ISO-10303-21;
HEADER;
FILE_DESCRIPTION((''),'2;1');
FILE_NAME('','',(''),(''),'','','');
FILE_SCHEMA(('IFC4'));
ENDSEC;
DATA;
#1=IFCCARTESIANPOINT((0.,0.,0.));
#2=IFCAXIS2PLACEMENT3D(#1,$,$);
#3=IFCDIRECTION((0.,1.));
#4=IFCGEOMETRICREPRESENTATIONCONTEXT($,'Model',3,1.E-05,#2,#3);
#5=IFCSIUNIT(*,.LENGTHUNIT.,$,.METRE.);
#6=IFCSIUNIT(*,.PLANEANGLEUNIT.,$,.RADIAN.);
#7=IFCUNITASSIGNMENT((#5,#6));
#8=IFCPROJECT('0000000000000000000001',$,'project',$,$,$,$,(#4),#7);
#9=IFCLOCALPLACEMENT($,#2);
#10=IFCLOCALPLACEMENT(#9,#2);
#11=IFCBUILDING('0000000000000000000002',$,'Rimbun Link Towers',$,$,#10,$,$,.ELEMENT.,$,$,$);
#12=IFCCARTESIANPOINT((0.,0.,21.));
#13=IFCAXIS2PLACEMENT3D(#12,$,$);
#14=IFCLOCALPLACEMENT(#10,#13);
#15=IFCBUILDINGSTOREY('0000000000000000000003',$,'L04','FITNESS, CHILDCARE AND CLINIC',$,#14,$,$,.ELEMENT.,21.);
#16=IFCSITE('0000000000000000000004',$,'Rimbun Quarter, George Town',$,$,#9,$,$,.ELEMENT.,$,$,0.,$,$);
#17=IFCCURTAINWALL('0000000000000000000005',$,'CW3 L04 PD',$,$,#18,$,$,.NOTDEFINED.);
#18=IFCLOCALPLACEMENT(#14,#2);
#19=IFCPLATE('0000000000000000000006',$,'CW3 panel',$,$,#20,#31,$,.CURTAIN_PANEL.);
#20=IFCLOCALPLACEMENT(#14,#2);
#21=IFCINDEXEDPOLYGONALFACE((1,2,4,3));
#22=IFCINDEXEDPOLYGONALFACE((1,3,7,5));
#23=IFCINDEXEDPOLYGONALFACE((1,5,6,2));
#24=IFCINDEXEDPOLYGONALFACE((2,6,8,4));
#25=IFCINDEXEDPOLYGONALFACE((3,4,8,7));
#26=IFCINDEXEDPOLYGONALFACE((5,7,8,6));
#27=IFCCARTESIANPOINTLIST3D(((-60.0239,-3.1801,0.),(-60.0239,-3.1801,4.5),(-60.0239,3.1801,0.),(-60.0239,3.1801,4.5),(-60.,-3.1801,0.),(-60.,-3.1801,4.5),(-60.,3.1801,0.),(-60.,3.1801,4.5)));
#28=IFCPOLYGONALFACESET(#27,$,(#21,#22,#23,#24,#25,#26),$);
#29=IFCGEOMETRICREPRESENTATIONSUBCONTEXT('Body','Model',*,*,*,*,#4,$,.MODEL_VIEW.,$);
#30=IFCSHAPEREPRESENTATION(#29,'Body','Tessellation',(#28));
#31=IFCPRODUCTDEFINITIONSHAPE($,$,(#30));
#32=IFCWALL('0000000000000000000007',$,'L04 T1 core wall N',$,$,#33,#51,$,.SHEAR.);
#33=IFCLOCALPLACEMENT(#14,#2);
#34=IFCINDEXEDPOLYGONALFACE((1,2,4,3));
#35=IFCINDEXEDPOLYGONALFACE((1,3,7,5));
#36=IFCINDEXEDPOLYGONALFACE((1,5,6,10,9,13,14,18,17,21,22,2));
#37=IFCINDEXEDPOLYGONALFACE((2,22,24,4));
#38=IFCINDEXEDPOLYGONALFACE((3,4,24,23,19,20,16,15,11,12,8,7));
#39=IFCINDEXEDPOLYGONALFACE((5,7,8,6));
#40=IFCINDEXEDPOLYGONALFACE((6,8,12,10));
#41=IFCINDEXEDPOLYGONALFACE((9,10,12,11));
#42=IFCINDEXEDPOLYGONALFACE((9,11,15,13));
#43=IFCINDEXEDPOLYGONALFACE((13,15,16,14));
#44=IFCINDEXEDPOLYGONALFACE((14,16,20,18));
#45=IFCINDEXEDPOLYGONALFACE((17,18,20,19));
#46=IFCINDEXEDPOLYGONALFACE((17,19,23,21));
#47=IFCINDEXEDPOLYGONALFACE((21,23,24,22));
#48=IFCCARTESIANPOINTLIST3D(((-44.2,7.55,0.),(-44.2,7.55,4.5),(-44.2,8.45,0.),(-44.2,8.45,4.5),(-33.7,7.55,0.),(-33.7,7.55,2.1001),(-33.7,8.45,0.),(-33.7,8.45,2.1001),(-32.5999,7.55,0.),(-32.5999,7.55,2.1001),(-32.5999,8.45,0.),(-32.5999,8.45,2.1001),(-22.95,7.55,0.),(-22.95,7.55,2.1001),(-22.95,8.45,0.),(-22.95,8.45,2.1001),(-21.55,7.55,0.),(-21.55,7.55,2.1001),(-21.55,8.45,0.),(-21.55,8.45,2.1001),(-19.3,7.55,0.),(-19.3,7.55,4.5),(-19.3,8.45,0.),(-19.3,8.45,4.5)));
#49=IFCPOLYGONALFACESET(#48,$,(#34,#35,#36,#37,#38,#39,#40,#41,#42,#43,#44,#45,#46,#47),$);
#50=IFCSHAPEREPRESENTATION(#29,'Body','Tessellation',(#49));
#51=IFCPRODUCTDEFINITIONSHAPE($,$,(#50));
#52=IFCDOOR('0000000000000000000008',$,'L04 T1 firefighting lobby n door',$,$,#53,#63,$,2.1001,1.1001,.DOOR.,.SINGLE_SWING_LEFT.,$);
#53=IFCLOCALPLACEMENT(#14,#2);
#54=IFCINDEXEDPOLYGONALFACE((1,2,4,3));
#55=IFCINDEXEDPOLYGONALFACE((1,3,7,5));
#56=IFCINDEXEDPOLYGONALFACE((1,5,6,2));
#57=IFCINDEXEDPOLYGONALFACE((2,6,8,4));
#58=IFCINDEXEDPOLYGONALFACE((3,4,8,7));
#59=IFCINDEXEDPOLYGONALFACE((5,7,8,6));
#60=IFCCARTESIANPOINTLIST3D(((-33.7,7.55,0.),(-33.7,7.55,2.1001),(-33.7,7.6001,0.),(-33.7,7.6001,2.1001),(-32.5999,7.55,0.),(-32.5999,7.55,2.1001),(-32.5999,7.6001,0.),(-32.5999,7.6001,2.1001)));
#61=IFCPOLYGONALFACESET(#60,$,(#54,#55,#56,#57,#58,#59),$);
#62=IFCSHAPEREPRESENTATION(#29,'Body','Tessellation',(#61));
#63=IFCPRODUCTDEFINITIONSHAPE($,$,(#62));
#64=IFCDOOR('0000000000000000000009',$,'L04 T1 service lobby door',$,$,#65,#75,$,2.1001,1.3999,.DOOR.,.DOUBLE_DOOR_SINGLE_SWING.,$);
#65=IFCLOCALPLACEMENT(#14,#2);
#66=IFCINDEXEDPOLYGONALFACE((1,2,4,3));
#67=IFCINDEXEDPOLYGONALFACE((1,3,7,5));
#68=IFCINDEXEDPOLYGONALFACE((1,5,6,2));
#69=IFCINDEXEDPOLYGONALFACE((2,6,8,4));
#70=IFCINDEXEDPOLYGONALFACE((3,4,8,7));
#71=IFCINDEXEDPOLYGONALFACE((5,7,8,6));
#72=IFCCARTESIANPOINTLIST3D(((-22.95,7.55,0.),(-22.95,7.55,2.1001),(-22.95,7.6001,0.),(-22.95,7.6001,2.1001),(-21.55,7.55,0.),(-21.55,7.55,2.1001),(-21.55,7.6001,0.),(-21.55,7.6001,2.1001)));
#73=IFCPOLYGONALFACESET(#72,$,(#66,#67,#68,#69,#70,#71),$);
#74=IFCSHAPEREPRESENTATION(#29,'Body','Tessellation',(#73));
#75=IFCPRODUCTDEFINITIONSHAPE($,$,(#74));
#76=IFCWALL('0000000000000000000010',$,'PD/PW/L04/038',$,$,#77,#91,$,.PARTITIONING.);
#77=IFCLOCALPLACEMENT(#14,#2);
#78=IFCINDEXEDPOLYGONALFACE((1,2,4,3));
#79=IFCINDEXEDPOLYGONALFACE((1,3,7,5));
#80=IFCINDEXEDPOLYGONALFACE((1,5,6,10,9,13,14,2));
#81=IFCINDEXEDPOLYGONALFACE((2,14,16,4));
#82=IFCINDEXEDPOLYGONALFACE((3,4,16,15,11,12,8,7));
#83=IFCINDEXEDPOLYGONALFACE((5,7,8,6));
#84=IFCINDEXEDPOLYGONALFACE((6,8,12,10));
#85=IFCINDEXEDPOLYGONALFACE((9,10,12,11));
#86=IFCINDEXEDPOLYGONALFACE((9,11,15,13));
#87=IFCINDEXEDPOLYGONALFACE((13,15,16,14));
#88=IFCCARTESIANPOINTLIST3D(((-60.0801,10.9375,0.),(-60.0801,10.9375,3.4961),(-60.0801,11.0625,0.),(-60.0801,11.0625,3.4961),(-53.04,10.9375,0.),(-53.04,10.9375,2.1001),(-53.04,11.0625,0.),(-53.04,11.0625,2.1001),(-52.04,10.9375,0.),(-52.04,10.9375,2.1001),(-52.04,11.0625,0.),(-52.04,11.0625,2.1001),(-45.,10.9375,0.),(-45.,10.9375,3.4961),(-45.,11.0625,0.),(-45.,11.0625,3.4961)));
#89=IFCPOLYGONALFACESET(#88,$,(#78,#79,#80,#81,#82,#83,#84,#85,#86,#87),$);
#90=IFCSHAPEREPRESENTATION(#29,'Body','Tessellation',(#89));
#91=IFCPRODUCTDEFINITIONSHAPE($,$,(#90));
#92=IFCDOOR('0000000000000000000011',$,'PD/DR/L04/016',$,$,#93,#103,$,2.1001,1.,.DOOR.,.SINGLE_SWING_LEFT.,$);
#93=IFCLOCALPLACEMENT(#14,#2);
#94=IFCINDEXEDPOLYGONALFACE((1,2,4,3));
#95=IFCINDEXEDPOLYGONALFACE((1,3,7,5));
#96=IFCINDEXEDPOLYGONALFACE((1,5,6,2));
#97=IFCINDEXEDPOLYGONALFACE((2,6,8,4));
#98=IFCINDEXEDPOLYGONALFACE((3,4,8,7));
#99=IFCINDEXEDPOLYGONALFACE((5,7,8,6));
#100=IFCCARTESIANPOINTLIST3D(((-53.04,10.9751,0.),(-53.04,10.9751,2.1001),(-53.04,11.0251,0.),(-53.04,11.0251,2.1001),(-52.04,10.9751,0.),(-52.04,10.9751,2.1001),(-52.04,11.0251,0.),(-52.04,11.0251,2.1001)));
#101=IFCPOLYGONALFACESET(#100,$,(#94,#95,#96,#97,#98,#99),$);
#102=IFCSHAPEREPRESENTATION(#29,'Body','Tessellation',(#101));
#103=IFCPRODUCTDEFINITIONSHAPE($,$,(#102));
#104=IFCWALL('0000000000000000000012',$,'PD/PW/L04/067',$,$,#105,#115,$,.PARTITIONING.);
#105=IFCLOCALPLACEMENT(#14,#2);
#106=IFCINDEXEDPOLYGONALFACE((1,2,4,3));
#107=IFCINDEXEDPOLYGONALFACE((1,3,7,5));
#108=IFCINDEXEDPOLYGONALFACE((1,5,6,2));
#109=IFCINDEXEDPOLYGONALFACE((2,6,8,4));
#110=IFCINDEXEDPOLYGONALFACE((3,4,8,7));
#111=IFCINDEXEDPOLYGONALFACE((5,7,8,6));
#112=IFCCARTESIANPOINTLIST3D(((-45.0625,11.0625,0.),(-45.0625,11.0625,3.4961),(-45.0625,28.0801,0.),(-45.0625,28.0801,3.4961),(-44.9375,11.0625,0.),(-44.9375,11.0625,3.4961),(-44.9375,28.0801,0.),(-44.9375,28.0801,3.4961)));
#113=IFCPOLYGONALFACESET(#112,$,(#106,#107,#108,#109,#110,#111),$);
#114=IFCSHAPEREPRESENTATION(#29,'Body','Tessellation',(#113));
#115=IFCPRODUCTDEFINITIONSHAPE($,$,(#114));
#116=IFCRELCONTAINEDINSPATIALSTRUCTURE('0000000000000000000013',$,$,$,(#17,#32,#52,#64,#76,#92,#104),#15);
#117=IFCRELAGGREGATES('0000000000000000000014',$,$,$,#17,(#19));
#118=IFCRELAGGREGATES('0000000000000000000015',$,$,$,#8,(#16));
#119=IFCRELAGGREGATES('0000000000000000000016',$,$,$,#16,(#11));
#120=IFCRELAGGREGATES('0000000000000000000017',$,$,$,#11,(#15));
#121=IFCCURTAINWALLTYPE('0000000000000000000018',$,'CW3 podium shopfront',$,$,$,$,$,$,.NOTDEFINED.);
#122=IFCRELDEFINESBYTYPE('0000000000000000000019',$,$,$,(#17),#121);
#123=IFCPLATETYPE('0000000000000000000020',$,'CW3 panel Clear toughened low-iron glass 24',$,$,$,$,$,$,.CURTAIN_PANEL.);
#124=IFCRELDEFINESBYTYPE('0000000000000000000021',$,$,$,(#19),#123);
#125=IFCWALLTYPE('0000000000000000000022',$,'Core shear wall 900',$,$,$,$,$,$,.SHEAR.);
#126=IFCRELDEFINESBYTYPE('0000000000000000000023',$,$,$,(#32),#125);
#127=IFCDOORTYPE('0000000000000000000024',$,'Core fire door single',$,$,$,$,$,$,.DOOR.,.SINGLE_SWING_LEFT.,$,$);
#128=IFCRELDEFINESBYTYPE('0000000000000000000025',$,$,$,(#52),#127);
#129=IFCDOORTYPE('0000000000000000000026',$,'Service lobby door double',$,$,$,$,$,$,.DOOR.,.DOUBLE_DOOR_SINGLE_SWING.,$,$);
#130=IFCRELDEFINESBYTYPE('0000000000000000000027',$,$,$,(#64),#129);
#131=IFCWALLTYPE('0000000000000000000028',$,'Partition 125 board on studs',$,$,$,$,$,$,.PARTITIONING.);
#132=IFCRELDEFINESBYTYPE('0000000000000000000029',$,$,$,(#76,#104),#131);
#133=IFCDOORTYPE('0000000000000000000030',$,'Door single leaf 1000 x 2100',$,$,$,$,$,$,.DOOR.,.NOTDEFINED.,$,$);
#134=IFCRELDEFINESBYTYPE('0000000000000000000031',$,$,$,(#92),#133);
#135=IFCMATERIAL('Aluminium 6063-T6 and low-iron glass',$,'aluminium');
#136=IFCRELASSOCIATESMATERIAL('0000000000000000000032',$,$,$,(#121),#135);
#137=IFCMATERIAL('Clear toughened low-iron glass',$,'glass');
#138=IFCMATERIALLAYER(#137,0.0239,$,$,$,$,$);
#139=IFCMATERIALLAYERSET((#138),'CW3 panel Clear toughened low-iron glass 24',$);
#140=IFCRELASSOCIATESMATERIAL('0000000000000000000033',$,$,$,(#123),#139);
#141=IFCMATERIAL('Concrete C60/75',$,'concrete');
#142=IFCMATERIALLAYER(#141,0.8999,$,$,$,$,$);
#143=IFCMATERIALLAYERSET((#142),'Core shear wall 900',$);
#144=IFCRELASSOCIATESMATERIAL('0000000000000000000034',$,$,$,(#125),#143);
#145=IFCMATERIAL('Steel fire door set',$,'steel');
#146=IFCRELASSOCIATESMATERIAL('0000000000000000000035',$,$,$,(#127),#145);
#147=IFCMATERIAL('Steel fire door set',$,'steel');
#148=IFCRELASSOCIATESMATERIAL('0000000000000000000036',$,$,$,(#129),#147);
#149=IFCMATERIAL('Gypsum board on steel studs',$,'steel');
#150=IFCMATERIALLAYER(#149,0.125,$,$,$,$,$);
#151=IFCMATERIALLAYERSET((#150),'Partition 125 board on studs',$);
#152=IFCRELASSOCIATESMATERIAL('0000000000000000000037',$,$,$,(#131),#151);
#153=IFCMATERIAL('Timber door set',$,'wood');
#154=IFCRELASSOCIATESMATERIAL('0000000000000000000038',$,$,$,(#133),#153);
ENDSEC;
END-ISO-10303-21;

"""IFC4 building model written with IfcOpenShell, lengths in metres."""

from ifc_helpers import new_model, si_unit, direction, frame, frame_2d, origin, origin_2d, place, context, subcontext, project, spatial, rectangle, extrude, material, layer, layer_set, type_object, element, fill, aggregate, save


model = new_model("IFC4")

# Units and contexts
model_context = context("Model", 3, precision=1e-05, world=origin(), true_north=direction((0.0, 1.0)))
body_context = subcontext(model_context, "Body", "Model", "MODEL_VIEW")
ifc_project = project(units=[si_unit("LENGTHUNIT", "METRE"), si_unit("PLANEANGLEUNIT", "RADIAN")], contexts=[model_context])

# Site, building, storey
site_placement = place(None, origin())
site = spatial("IfcSite", under=ifc_project, at=site_placement, Name="Rimbun Quarter, George Town", CompositionType="ELEMENT", RefElevation=0.0)
building_placement = place(site_placement, origin())
building = spatial("IfcBuilding", under=site, at=building_placement, Name="Rimbun Link Towers", CompositionType="ELEMENT")
storey_placement = place(building_placement, frame((0.0, 0.0, 21.0)))
storey = spatial("IfcBuildingStorey", under=building, at=storey_placement, Name="L04", Description="FITNESS, CHILDCARE AND CLINIC", CompositionType="ELEMENT", Elevation=21.0)

# Curtain wall
ifc_material_1 = material(Name="Aluminium 6063-T6 and low-iron glass", Category="aluminium")
curtain_wall_type = type_object("IfcCurtainWallType", Name="CW3 podium shopfront", PredefinedType="NOTDEFINED", material=ifc_material_1)
curtain_wall_placement = place(storey_placement, origin())
curtain_wall = element("IfcCurtainWall", 1, at=curtain_wall_placement, inside=storey, type_object=curtain_wall_type, Name="CW3 L04 PD", PredefinedType="NOTDEFINED")

# Plate
ifc_material_2 = material(Name="Clear toughened low-iron glass", Category="glass")
ifc_layer_1 = layer(ifc_material_2, 0.0239)
ifc_layer_set_1 = layer_set([ifc_layer_1], Name="CW3 panel Clear toughened low-iron glass 24")
plate_type = type_object("IfcPlateType", Name="CW3 panel Clear toughened low-iron glass 24", PredefinedType="CURTAIN_PANEL", material=ifc_layer_set_1)
plate_1_placement = place(storey_placement, frame((-60.012, 0.0, 0.0), z_axis=(0.0, 0.0, 1.0), x_axis=(0.0, 1.0, 0.0)))
plate_1 = element("IfcPlate", 2, at=plate_1_placement, type_object=plate_type, Name="CW3 panel", PredefinedType="CURTAIN_PANEL", context=body_context, shape_type="SweptSolid", body=[
    extrude(rectangle(XDim=6.3601, YDim=0.0239, at=origin_2d()), origin(), (0.0, 0.0, 1.0), 4.5),
])
aggregate(curtain_wall, [plate_1])

# Wall, openings, doors
ifc_material_3 = material(Name="Concrete C60/75", Category="concrete")
ifc_layer_2 = layer(ifc_material_3, 0.8999)
ifc_layer_set_2 = layer_set([ifc_layer_2], Name="Core shear wall 900")
wall_type_1 = type_object("IfcWallType", Name="Core shear wall 900", PredefinedType="SHEAR", material=ifc_layer_set_2)
wall_1_placement = place(storey_placement, frame((-44.2, 8.0, 0.0), z_axis=(0.0, 0.0, 1.0), x_axis=(1.0, 0.0, 0.0)))
wall_1 = element("IfcWall", 3, at=wall_1_placement, inside=storey, type_object=wall_type_1, Name="L04 T1 core wall N", PredefinedType="SHEAR", context=body_context, shape_type="SweptSolid", body=[
    extrude(rectangle(XDim=24.8999, YDim=0.8999, at=frame_2d((12.45, 0.0))), origin(), (0.0, 0.0, 1.0), 4.5),
])
opening_1_placement = place(wall_1_placement, frame((10.5, 0.0, 0.0)))
opening_1 = element("IfcOpeningElement", 4, at=opening_1_placement, cuts=wall_1, PredefinedType="OPENING", context=body_context, shape_type="SweptSolid", body=[
    extrude(rectangle(XDim=1.1001, YDim=2.1001, at=frame_2d((0.55, 1.05))), frame((0.0, 0.46, 0.0), z_axis=(0.0, -1.0, 0.0), x_axis=(1.0, 0.0, 0.0)), (0.0, 0.0, 1.0), 0.9199),
])
opening_2_placement = place(wall_1_placement, frame((21.25, 0.0, 0.0)))
opening_2 = element("IfcOpeningElement", 5, at=opening_2_placement, cuts=wall_1, PredefinedType="OPENING", context=body_context, shape_type="SweptSolid", body=[
    extrude(rectangle(XDim=1.3999, YDim=2.1001, at=frame_2d((0.7, 1.05))), frame((0.0, 0.46, 0.0), z_axis=(0.0, -1.0, 0.0), x_axis=(1.0, 0.0, 0.0)), (0.0, 0.0, 1.0), 0.9199),
])
ifc_material_4 = material(Name="Steel fire door set", Category="steel")
door_type_1 = type_object("IfcDoorType", Name="Core fire door single", OperationType="SINGLE_SWING_LEFT", PredefinedType="DOOR", material=ifc_material_4)
door_1_placement = place(opening_1_placement, origin())
door_1 = element("IfcDoor", 6, at=door_1_placement, inside=storey, type_object=door_type_1, Name="L04 T1 firefighting lobby n door", OperationType="SINGLE_SWING_LEFT", OverallHeight=2.1001, OverallWidth=1.1001, PredefinedType="DOOR", context=body_context, shape_type="SweptSolid", body=[
    extrude(rectangle(XDim=1.1001, YDim=2.1001, at=frame_2d((0.55, 1.05))), frame((0.0, -0.3999, 0.0), z_axis=(0.0, -1.0, 0.0), x_axis=(1.0, 0.0, 0.0)), (0.0, 0.0, 1.0), 0.05),
])
fill(opening_1, door_1)
ifc_material_5 = material(Name="Steel fire door set", Category="steel")
door_type_2 = type_object("IfcDoorType", Name="Service lobby door double", OperationType="DOUBLE_DOOR_SINGLE_SWING", PredefinedType="DOOR", material=ifc_material_5)
door_2_placement = place(opening_2_placement, origin())
door_2 = element("IfcDoor", 7, at=door_2_placement, inside=storey, type_object=door_type_2, Name="L04 T1 service lobby door", OperationType="DOUBLE_DOOR_SINGLE_SWING", OverallHeight=2.1001, OverallWidth=1.3999, PredefinedType="DOOR", context=body_context, shape_type="SweptSolid", body=[
    extrude(rectangle(XDim=1.3999, YDim=2.1001, at=frame_2d((0.7, 1.05))), frame((0.0, -0.3999, 0.0), z_axis=(0.0, -1.0, 0.0), x_axis=(1.0, 0.0, 0.0)), (0.0, 0.0, 1.0), 0.05),
])
fill(opening_2, door_2)

# Wall, opening, door
ifc_material_6 = material(Name="Gypsum board on steel studs", Category="steel")
ifc_layer_3 = layer(ifc_material_6, 0.125)
ifc_layer_set_3 = layer_set([ifc_layer_3], Name="Partition 125 board on studs")
wall_type_2 = type_object("IfcWallType", Name="Partition 125 board on studs", PredefinedType="PARTITIONING", material=ifc_layer_set_3)
wall_2_placement = place(storey_placement, frame((-45.0, 11.0, 0.0), z_axis=(0.0, 0.0, 1.0), x_axis=(-1.0, 0.0, 0.0)))
wall_2 = element("IfcWall", 8, at=wall_2_placement, inside=storey, type_object=wall_type_2, Name="PD/PW/L04/038", PredefinedType="PARTITIONING", context=body_context, shape_type="SweptSolid", body=[
    extrude(rectangle(XDim=15.0801, YDim=0.125, at=frame_2d((7.54, 0.0))), origin(), (0.0, 0.0, 1.0), 3.4961),
])
opening_3_placement = place(wall_2_placement, frame((7.04, 0.0, 0.0)))
opening_3 = element("IfcOpeningElement", 9, at=opening_3_placement, cuts=wall_2, PredefinedType="OPENING", context=body_context, shape_type="SweptSolid", body=[
    extrude(rectangle(XDim=1.0, YDim=2.1001, at=frame_2d((0.5, 1.05))), frame((0.0, 0.0725, 0.0), z_axis=(0.0, -1.0, 0.0), x_axis=(1.0, 0.0, 0.0)), (0.0, 0.0, 1.0), 0.145),
])
ifc_material_7 = material(Name="Timber door set", Category="wood")
door_type_3 = type_object("IfcDoorType", Name="Door single leaf 1000 x 2100", OperationType="NOTDEFINED", PredefinedType="DOOR", material=ifc_material_7)
door_3_placement = place(opening_3_placement, origin())
door_3 = element("IfcDoor", 10, at=door_3_placement, inside=storey, type_object=door_type_3, Name="PD/DR/L04/016", OperationType="SINGLE_SWING_LEFT", OverallHeight=2.1001, OverallWidth=1.0, PredefinedType="DOOR", context=body_context, shape_type="SweptSolid", body=[
    extrude(rectangle(XDim=1.0, YDim=2.1001, at=frame_2d((0.5, 1.05))), frame((0.0, 0.0249, 0.0), z_axis=(0.0, -1.0, 0.0), x_axis=(1.0, 0.0, 0.0)), (0.0, 0.0, 1.0), 0.05),
])
fill(opening_3, door_3)

# Wall
wall_3_placement = place(storey_placement, frame((-45.0, 11.0625, 0.0), z_axis=(0.0, 0.0, 1.0), x_axis=(0.0, 1.0, 0.0)))
element("IfcWall", 11, at=wall_3_placement, inside=storey, type_object=wall_type_2, Name="PD/PW/L04/067", PredefinedType="PARTITIONING", context=body_context, shape_type="SweptSolid", body=[
    extrude(rectangle(XDim=17.0176, YDim=0.125, at=frame_2d((8.5088, 0.0))), origin(), (0.0, 0.0, 1.0), 3.4961),
])

save(model, "model.ifc")
